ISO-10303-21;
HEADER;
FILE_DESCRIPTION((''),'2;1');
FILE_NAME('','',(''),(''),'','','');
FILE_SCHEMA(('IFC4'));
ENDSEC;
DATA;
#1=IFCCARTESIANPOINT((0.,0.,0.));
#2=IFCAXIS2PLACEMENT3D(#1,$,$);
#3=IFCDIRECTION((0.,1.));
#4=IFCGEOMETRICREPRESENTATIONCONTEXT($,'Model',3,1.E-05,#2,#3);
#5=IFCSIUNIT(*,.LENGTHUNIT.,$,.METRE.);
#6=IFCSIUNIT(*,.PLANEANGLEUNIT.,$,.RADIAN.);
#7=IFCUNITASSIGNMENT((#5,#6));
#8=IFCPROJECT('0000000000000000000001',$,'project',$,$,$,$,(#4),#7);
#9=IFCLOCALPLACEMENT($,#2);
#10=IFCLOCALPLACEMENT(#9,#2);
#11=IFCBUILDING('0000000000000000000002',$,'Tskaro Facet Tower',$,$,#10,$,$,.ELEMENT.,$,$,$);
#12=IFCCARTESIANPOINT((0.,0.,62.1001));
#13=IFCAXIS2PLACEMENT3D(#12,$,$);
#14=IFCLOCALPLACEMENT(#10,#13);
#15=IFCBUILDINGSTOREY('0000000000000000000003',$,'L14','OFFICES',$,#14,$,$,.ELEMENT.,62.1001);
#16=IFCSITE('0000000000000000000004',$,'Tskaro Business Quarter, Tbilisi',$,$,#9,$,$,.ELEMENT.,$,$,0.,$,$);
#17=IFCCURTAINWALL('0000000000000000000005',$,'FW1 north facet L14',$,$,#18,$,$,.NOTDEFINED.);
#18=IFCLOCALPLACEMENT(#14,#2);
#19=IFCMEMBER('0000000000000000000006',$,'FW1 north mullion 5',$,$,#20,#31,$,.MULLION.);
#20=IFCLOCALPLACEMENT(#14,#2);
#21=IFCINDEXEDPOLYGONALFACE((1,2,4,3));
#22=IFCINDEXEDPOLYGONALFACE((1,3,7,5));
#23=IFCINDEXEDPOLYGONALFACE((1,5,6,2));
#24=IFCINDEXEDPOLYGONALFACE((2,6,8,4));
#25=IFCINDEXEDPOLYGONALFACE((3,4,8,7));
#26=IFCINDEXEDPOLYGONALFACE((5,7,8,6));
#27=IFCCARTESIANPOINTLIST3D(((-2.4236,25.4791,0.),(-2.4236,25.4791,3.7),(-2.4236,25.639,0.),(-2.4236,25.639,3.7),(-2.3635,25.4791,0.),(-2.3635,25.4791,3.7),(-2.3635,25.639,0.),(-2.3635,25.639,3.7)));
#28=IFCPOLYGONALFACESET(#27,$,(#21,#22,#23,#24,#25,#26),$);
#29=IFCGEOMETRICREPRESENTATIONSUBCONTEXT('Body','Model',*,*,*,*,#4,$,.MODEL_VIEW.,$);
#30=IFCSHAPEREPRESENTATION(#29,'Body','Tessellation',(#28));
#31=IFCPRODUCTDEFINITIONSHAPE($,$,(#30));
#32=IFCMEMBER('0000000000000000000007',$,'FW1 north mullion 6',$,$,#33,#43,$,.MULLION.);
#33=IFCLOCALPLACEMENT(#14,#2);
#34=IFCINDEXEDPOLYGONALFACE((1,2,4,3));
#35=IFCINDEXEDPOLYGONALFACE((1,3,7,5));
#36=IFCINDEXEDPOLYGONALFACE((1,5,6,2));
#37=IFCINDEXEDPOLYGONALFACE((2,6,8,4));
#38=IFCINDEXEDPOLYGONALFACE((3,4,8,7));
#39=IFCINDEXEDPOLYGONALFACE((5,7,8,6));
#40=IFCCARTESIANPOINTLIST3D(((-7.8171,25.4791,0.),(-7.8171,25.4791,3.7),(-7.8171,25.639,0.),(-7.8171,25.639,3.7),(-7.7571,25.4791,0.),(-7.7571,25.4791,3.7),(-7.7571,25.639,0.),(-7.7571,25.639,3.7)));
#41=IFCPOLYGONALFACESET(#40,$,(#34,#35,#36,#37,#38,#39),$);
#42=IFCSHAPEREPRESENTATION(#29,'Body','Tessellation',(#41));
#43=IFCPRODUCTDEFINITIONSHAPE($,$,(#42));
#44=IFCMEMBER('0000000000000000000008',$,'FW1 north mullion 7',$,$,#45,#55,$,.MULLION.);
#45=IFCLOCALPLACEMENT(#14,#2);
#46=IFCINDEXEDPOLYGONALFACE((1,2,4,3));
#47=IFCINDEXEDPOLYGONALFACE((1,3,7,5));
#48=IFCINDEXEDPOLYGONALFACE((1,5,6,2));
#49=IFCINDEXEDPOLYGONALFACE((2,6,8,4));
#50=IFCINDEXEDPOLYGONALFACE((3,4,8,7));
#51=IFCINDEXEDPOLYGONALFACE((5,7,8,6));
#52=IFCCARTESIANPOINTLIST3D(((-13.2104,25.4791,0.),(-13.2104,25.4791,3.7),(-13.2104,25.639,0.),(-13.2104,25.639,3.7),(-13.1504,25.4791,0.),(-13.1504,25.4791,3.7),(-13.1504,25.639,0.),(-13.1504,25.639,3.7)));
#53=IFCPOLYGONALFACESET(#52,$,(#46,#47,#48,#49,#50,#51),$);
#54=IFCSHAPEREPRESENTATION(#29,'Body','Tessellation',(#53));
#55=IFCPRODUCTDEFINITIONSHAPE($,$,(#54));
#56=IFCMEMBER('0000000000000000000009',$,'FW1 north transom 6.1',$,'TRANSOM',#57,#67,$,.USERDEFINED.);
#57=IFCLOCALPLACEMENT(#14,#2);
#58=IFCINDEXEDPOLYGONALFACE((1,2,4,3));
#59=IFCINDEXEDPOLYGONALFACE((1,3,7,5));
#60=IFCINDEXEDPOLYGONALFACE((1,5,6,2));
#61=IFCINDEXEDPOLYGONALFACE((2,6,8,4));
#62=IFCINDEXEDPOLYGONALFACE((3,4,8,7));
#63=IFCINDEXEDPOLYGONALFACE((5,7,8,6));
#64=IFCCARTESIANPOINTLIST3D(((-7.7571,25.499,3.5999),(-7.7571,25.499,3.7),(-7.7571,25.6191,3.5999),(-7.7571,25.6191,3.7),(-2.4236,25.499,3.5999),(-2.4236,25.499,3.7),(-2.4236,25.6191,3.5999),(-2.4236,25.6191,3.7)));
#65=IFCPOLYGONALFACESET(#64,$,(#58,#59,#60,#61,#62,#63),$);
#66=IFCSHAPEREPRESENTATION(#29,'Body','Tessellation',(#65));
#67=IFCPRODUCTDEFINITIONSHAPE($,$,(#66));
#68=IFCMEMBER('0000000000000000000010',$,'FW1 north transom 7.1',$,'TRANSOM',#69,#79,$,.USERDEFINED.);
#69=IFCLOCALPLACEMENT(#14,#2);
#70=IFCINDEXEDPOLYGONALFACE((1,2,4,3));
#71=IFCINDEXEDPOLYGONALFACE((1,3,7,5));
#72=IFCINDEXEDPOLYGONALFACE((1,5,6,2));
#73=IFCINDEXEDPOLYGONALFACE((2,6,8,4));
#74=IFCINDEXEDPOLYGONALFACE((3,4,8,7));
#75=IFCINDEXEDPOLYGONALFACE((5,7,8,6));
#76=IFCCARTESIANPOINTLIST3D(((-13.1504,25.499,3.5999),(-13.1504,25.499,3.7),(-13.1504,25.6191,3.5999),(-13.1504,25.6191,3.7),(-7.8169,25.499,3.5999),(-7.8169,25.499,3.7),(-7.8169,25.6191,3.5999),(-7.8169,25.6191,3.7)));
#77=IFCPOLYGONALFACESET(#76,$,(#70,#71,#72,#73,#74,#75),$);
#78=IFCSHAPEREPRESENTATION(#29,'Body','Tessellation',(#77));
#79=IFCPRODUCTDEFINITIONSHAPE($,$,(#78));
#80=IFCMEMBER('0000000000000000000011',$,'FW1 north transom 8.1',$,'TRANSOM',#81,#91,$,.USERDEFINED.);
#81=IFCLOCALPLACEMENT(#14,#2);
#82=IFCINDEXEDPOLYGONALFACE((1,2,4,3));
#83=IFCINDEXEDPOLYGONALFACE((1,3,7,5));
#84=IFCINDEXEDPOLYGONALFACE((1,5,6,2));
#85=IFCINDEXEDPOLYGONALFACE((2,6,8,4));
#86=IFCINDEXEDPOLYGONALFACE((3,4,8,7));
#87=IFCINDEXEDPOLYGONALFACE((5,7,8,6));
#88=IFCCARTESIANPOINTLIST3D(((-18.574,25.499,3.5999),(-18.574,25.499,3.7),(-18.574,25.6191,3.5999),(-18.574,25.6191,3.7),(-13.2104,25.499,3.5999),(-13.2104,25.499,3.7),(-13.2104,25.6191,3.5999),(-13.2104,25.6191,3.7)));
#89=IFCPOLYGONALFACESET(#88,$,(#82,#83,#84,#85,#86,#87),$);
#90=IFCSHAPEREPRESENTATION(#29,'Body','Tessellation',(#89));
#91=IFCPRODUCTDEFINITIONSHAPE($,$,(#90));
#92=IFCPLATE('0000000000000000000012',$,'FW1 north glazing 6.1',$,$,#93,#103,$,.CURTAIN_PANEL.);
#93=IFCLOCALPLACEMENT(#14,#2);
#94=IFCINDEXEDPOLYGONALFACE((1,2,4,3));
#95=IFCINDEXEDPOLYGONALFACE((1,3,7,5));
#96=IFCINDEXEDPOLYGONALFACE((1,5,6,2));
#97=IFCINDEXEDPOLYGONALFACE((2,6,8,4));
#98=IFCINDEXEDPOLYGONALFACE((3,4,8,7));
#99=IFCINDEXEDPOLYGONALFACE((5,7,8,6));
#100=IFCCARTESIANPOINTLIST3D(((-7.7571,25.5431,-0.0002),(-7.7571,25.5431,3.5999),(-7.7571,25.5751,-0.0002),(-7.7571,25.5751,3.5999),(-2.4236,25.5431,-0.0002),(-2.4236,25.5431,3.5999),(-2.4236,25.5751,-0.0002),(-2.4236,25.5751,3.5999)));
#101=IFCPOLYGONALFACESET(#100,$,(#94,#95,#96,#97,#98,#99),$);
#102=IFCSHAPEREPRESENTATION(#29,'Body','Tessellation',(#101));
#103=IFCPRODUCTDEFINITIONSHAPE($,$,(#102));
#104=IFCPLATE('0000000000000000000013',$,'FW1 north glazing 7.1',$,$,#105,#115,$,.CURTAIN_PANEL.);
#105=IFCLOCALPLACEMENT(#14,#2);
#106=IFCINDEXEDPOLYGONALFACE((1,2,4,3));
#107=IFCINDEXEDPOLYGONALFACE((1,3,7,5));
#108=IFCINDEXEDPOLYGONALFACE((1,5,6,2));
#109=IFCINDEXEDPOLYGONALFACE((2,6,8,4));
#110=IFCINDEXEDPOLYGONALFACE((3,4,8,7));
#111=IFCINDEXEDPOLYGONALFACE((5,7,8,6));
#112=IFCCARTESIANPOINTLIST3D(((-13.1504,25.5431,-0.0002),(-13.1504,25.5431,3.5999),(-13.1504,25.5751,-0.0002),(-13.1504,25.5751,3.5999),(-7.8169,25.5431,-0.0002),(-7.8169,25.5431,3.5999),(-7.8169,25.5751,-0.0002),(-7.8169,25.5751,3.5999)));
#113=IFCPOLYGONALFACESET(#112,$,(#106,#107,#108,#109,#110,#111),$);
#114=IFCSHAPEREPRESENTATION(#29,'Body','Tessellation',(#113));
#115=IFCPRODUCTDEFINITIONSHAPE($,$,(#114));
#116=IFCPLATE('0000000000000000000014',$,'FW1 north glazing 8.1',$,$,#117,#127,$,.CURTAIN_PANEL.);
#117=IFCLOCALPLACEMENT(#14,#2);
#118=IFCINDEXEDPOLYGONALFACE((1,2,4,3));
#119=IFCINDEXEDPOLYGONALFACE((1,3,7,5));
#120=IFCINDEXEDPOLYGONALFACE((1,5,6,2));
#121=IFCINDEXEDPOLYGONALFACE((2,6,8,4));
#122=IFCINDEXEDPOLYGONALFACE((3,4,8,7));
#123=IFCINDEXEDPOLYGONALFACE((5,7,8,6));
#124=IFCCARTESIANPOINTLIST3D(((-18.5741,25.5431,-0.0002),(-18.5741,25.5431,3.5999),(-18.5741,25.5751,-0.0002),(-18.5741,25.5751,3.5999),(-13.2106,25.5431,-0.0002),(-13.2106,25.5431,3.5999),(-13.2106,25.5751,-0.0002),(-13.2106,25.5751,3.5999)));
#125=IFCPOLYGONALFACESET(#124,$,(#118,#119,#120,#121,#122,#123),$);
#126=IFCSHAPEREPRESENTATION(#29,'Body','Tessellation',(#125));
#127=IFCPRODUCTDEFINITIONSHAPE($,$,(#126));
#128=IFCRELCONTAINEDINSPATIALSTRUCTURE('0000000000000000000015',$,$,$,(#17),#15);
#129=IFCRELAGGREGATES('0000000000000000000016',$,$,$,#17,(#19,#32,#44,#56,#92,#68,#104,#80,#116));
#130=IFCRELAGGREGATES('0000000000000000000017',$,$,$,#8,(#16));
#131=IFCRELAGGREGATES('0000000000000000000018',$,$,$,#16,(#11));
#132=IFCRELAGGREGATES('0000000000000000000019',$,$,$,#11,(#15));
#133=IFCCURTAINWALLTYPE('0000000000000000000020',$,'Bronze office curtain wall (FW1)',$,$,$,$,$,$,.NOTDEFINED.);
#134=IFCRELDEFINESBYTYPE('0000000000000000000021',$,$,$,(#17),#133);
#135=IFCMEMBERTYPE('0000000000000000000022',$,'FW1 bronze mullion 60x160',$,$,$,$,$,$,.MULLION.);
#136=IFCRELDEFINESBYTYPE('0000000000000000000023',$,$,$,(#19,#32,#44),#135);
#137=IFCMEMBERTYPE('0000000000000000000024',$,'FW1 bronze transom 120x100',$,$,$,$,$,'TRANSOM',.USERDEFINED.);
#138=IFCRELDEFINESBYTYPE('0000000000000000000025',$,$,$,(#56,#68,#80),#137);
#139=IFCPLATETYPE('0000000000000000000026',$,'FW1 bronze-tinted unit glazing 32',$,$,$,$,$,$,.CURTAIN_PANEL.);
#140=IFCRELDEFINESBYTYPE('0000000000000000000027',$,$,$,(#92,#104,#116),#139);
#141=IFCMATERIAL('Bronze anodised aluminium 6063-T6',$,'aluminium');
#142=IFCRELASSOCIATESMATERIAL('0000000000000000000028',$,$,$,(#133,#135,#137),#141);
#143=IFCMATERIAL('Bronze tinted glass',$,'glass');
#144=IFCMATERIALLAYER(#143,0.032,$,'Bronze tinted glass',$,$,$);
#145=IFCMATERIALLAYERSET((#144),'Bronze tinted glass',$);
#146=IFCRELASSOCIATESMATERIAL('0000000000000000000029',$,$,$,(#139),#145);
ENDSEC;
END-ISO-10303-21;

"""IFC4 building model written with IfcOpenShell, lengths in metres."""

from ifc_helpers import new_model, si_unit, direction, frame, origin, origin_2d, place, context, subcontext, project, spatial, rectangle, extrude, material, layer, layer_set, material_profile, profile_set, type_object, element, aggregate, save


model = new_model("IFC4")

# Units and contexts
model_context = context("Model", 3, precision=1e-05, world=origin(), true_north=direction((0.0, 1.0)))
body_context = subcontext(model_context, "Body", "Model", "MODEL_VIEW")
ifc_project = project(units=[si_unit("LENGTHUNIT", "METRE"), si_unit("PLANEANGLEUNIT", "RADIAN")], contexts=[model_context])

# Site, building, storey
site_placement = place(None, origin())
site = spatial("IfcSite", under=ifc_project, at=site_placement, Name="Tskaro Business Quarter, Tbilisi", CompositionType="ELEMENT", RefElevation=0.0)
building_placement = place(site_placement, origin())
building = spatial("IfcBuilding", under=site, at=building_placement, Name="Tskaro Facet Tower", CompositionType="ELEMENT")
storey_placement = place(building_placement, frame((0.0, 0.0, 62.1001)))
storey = spatial("IfcBuildingStorey", under=building, at=storey_placement, Name="L14", Description="OFFICES", CompositionType="ELEMENT", Elevation=62.1001)

# Curtain wall, members, plates
ifc_material_1 = material(Name="Bronze anodised aluminium 6063-T6", Category="aluminium")
curtain_wall_type = type_object("IfcCurtainWallType", Name="Bronze office curtain wall (FW1)", PredefinedType="NOTDEFINED", material=ifc_material_1)
curtain_wall_placement = place(storey_placement, origin())
curtain_wall = element("IfcCurtainWall", 1, at=curtain_wall_placement, inside=storey, type_object=curtain_wall_type, Name="FW1 north facet L14", PredefinedType="NOTDEFINED")
ifc_material_profile_1 = material_profile(ifc_material_1, rectangle(XDim=0.0601, YDim=0.1599, at=origin_2d()), Name="Mullion 60x160")
ifc_profile_set_1 = profile_set([ifc_material_profile_1], Name="Bronze anodised aluminium 6063-T6")
member_type_1 = type_object("IfcMemberType", Name="FW1 bronze mullion 60x160", PredefinedType="MULLION", material=ifc_profile_set_1)
member_1_placement = place(storey_placement, frame((-2.3936, 25.5591, 0.0), z_axis=(0.0, 0.0, 1.0), x_axis=(-1.0, 0.0, 0.0)))
member_1 = element("IfcMember", 2, at=member_1_placement, type_object=member_type_1, Name="FW1 north mullion 5", PredefinedType="MULLION", context=body_context, shape_type="SweptSolid", body=[
    extrude(rectangle(XDim=0.0601, YDim=0.1599, at=origin_2d()), origin(), (0.0, 0.0, 1.0), 3.7),
])
member_2_placement = place(storey_placement, frame((-7.7871, 25.5591, 0.0), z_axis=(0.0, 0.0, 1.0), x_axis=(-1.0, 0.0, 0.0)))
member_2 = element("IfcMember", 3, at=member_2_placement, type_object=member_type_1, Name="FW1 north mullion 6", PredefinedType="MULLION", context=body_context, shape_type="SweptSolid", body=[
    extrude(rectangle(XDim=0.0601, YDim=0.1599, at=origin_2d()), origin(), (0.0, 0.0, 1.0), 3.7),
])
member_3_placement = place(storey_placement, frame((-13.1804, 25.5591, 0.0), z_axis=(0.0, 0.0, 1.0), x_axis=(-1.0, 0.0, 0.0)))
member_3 = element("IfcMember", 4, at=member_3_placement, type_object=member_type_1, Name="FW1 north mullion 7", PredefinedType="MULLION", context=body_context, shape_type="SweptSolid", body=[
    extrude(rectangle(XDim=0.0601, YDim=0.1599, at=origin_2d()), origin(), (0.0, 0.0, 1.0), 3.7),
])
ifc_material_profile_2 = material_profile(ifc_material_1, rectangle(XDim=0.1201, YDim=0.1001, at=origin_2d()), Name="Transom 120x100")
ifc_profile_set_2 = profile_set([ifc_material_profile_2], Name="Bronze anodised aluminium 6063-T6")
member_type_2 = type_object("IfcMemberType", Name="FW1 bronze transom 120x100", ElementType="TRANSOM", PredefinedType="USERDEFINED", material=ifc_profile_set_2)
member_4_placement = place(storey_placement, frame((-2.4236, 25.5591, 3.6499), z_axis=(-1.0, 0.0, 0.0), x_axis=(0.0, -1.0, 0.0)))
member_4 = element("IfcMember", 5, at=member_4_placement, type_object=member_type_2, Name="FW1 north transom 6.1", ObjectType="TRANSOM", PredefinedType="USERDEFINED", context=body_context, shape_type="SweptSolid", body=[
    extrude(rectangle(XDim=0.1201, YDim=0.1001, at=origin_2d()), origin(), (0.0, 0.0, 1.0), 5.3335),
])
member_5_placement = place(storey_placement, frame((-7.8169, 25.5591, 3.6499), z_axis=(-1.0, 0.0, 0.0), x_axis=(0.0, -1.0, 0.0)))
member_5 = element("IfcMember", 6, at=member_5_placement, type_object=member_type_2, Name="FW1 north transom 7.1", ObjectType="TRANSOM", PredefinedType="USERDEFINED", context=body_context, shape_type="SweptSolid", body=[
    extrude(rectangle(XDim=0.1201, YDim=0.1001, at=origin_2d()), origin(), (0.0, 0.0, 1.0), 5.3335),
])
member_6_placement = place(storey_placement, frame((-13.2104, 25.5591, 3.6499), z_axis=(-1.0, 0.0, 0.0), x_axis=(0.0, -1.0, 0.0)))
member_6 = element("IfcMember", 7, at=member_6_placement, type_object=member_type_2, Name="FW1 north transom 8.1", ObjectType="TRANSOM", PredefinedType="USERDEFINED", context=body_context, shape_type="SweptSolid", body=[
    extrude(rectangle(XDim=0.1201, YDim=0.1001, at=origin_2d()), origin(), (0.0, 0.0, 1.0), 5.3635),
])
ifc_material_2 = material(Name="Bronze tinted glass", Category="glass")
ifc_layer_1 = layer(ifc_material_2, 0.032, Name="Bronze tinted glass")
ifc_layer_set_1 = layer_set([ifc_layer_1], Name="Bronze tinted glass")
plate_type = type_object("IfcPlateType", Name="FW1 bronze-tinted unit glazing 32", PredefinedType="CURTAIN_PANEL", material=ifc_layer_set_1)
plate_1_placement = place(storey_placement, frame((-5.0903, 25.5591, -0.0002), z_axis=(0.0, 0.0, 1.0), x_axis=(-1.0, 0.0, 0.0)))
plate_1 = element("IfcPlate", 8, at=plate_1_placement, type_object=plate_type, Name="FW1 north glazing 6.1", PredefinedType="CURTAIN_PANEL", context=body_context, shape_type="SweptSolid", body=[
    extrude(rectangle(XDim=5.3335, YDim=0.032, at=origin_2d()), origin(), (0.0, 0.0, 1.0), 3.6001),
])
plate_2_placement = place(storey_placement, frame((-10.4836, 25.5591, -0.0002), z_axis=(0.0, 0.0, 1.0), x_axis=(-1.0, 0.0, 0.0)))
plate_2 = element("IfcPlate", 9, at=plate_2_placement, type_object=plate_type, Name="FW1 north glazing 7.1", PredefinedType="CURTAIN_PANEL", context=body_context, shape_type="SweptSolid", body=[
    extrude(rectangle(XDim=5.3335, YDim=0.032, at=origin_2d()), origin(), (0.0, 0.0, 1.0), 3.6001),
])
plate_3_placement = place(storey_placement, frame((-15.8923, 25.5591, -0.0002), z_axis=(0.0, 0.0, 1.0), x_axis=(-1.0, 0.0, 0.0)))
plate_3 = element("IfcPlate", 10, at=plate_3_placement, type_object=plate_type, Name="FW1 north glazing 8.1", PredefinedType="CURTAIN_PANEL", context=body_context, shape_type="SweptSolid", body=[
    extrude(rectangle(XDim=5.3635, YDim=0.032, at=origin_2d()), origin(), (0.0, 0.0, 1.0), 3.6001),
])
aggregate(curtain_wall, [member_1, member_2, member_3, member_4, plate_1, member_5, plate_2, member_6, plate_3])

save(model, "model.ifc")
